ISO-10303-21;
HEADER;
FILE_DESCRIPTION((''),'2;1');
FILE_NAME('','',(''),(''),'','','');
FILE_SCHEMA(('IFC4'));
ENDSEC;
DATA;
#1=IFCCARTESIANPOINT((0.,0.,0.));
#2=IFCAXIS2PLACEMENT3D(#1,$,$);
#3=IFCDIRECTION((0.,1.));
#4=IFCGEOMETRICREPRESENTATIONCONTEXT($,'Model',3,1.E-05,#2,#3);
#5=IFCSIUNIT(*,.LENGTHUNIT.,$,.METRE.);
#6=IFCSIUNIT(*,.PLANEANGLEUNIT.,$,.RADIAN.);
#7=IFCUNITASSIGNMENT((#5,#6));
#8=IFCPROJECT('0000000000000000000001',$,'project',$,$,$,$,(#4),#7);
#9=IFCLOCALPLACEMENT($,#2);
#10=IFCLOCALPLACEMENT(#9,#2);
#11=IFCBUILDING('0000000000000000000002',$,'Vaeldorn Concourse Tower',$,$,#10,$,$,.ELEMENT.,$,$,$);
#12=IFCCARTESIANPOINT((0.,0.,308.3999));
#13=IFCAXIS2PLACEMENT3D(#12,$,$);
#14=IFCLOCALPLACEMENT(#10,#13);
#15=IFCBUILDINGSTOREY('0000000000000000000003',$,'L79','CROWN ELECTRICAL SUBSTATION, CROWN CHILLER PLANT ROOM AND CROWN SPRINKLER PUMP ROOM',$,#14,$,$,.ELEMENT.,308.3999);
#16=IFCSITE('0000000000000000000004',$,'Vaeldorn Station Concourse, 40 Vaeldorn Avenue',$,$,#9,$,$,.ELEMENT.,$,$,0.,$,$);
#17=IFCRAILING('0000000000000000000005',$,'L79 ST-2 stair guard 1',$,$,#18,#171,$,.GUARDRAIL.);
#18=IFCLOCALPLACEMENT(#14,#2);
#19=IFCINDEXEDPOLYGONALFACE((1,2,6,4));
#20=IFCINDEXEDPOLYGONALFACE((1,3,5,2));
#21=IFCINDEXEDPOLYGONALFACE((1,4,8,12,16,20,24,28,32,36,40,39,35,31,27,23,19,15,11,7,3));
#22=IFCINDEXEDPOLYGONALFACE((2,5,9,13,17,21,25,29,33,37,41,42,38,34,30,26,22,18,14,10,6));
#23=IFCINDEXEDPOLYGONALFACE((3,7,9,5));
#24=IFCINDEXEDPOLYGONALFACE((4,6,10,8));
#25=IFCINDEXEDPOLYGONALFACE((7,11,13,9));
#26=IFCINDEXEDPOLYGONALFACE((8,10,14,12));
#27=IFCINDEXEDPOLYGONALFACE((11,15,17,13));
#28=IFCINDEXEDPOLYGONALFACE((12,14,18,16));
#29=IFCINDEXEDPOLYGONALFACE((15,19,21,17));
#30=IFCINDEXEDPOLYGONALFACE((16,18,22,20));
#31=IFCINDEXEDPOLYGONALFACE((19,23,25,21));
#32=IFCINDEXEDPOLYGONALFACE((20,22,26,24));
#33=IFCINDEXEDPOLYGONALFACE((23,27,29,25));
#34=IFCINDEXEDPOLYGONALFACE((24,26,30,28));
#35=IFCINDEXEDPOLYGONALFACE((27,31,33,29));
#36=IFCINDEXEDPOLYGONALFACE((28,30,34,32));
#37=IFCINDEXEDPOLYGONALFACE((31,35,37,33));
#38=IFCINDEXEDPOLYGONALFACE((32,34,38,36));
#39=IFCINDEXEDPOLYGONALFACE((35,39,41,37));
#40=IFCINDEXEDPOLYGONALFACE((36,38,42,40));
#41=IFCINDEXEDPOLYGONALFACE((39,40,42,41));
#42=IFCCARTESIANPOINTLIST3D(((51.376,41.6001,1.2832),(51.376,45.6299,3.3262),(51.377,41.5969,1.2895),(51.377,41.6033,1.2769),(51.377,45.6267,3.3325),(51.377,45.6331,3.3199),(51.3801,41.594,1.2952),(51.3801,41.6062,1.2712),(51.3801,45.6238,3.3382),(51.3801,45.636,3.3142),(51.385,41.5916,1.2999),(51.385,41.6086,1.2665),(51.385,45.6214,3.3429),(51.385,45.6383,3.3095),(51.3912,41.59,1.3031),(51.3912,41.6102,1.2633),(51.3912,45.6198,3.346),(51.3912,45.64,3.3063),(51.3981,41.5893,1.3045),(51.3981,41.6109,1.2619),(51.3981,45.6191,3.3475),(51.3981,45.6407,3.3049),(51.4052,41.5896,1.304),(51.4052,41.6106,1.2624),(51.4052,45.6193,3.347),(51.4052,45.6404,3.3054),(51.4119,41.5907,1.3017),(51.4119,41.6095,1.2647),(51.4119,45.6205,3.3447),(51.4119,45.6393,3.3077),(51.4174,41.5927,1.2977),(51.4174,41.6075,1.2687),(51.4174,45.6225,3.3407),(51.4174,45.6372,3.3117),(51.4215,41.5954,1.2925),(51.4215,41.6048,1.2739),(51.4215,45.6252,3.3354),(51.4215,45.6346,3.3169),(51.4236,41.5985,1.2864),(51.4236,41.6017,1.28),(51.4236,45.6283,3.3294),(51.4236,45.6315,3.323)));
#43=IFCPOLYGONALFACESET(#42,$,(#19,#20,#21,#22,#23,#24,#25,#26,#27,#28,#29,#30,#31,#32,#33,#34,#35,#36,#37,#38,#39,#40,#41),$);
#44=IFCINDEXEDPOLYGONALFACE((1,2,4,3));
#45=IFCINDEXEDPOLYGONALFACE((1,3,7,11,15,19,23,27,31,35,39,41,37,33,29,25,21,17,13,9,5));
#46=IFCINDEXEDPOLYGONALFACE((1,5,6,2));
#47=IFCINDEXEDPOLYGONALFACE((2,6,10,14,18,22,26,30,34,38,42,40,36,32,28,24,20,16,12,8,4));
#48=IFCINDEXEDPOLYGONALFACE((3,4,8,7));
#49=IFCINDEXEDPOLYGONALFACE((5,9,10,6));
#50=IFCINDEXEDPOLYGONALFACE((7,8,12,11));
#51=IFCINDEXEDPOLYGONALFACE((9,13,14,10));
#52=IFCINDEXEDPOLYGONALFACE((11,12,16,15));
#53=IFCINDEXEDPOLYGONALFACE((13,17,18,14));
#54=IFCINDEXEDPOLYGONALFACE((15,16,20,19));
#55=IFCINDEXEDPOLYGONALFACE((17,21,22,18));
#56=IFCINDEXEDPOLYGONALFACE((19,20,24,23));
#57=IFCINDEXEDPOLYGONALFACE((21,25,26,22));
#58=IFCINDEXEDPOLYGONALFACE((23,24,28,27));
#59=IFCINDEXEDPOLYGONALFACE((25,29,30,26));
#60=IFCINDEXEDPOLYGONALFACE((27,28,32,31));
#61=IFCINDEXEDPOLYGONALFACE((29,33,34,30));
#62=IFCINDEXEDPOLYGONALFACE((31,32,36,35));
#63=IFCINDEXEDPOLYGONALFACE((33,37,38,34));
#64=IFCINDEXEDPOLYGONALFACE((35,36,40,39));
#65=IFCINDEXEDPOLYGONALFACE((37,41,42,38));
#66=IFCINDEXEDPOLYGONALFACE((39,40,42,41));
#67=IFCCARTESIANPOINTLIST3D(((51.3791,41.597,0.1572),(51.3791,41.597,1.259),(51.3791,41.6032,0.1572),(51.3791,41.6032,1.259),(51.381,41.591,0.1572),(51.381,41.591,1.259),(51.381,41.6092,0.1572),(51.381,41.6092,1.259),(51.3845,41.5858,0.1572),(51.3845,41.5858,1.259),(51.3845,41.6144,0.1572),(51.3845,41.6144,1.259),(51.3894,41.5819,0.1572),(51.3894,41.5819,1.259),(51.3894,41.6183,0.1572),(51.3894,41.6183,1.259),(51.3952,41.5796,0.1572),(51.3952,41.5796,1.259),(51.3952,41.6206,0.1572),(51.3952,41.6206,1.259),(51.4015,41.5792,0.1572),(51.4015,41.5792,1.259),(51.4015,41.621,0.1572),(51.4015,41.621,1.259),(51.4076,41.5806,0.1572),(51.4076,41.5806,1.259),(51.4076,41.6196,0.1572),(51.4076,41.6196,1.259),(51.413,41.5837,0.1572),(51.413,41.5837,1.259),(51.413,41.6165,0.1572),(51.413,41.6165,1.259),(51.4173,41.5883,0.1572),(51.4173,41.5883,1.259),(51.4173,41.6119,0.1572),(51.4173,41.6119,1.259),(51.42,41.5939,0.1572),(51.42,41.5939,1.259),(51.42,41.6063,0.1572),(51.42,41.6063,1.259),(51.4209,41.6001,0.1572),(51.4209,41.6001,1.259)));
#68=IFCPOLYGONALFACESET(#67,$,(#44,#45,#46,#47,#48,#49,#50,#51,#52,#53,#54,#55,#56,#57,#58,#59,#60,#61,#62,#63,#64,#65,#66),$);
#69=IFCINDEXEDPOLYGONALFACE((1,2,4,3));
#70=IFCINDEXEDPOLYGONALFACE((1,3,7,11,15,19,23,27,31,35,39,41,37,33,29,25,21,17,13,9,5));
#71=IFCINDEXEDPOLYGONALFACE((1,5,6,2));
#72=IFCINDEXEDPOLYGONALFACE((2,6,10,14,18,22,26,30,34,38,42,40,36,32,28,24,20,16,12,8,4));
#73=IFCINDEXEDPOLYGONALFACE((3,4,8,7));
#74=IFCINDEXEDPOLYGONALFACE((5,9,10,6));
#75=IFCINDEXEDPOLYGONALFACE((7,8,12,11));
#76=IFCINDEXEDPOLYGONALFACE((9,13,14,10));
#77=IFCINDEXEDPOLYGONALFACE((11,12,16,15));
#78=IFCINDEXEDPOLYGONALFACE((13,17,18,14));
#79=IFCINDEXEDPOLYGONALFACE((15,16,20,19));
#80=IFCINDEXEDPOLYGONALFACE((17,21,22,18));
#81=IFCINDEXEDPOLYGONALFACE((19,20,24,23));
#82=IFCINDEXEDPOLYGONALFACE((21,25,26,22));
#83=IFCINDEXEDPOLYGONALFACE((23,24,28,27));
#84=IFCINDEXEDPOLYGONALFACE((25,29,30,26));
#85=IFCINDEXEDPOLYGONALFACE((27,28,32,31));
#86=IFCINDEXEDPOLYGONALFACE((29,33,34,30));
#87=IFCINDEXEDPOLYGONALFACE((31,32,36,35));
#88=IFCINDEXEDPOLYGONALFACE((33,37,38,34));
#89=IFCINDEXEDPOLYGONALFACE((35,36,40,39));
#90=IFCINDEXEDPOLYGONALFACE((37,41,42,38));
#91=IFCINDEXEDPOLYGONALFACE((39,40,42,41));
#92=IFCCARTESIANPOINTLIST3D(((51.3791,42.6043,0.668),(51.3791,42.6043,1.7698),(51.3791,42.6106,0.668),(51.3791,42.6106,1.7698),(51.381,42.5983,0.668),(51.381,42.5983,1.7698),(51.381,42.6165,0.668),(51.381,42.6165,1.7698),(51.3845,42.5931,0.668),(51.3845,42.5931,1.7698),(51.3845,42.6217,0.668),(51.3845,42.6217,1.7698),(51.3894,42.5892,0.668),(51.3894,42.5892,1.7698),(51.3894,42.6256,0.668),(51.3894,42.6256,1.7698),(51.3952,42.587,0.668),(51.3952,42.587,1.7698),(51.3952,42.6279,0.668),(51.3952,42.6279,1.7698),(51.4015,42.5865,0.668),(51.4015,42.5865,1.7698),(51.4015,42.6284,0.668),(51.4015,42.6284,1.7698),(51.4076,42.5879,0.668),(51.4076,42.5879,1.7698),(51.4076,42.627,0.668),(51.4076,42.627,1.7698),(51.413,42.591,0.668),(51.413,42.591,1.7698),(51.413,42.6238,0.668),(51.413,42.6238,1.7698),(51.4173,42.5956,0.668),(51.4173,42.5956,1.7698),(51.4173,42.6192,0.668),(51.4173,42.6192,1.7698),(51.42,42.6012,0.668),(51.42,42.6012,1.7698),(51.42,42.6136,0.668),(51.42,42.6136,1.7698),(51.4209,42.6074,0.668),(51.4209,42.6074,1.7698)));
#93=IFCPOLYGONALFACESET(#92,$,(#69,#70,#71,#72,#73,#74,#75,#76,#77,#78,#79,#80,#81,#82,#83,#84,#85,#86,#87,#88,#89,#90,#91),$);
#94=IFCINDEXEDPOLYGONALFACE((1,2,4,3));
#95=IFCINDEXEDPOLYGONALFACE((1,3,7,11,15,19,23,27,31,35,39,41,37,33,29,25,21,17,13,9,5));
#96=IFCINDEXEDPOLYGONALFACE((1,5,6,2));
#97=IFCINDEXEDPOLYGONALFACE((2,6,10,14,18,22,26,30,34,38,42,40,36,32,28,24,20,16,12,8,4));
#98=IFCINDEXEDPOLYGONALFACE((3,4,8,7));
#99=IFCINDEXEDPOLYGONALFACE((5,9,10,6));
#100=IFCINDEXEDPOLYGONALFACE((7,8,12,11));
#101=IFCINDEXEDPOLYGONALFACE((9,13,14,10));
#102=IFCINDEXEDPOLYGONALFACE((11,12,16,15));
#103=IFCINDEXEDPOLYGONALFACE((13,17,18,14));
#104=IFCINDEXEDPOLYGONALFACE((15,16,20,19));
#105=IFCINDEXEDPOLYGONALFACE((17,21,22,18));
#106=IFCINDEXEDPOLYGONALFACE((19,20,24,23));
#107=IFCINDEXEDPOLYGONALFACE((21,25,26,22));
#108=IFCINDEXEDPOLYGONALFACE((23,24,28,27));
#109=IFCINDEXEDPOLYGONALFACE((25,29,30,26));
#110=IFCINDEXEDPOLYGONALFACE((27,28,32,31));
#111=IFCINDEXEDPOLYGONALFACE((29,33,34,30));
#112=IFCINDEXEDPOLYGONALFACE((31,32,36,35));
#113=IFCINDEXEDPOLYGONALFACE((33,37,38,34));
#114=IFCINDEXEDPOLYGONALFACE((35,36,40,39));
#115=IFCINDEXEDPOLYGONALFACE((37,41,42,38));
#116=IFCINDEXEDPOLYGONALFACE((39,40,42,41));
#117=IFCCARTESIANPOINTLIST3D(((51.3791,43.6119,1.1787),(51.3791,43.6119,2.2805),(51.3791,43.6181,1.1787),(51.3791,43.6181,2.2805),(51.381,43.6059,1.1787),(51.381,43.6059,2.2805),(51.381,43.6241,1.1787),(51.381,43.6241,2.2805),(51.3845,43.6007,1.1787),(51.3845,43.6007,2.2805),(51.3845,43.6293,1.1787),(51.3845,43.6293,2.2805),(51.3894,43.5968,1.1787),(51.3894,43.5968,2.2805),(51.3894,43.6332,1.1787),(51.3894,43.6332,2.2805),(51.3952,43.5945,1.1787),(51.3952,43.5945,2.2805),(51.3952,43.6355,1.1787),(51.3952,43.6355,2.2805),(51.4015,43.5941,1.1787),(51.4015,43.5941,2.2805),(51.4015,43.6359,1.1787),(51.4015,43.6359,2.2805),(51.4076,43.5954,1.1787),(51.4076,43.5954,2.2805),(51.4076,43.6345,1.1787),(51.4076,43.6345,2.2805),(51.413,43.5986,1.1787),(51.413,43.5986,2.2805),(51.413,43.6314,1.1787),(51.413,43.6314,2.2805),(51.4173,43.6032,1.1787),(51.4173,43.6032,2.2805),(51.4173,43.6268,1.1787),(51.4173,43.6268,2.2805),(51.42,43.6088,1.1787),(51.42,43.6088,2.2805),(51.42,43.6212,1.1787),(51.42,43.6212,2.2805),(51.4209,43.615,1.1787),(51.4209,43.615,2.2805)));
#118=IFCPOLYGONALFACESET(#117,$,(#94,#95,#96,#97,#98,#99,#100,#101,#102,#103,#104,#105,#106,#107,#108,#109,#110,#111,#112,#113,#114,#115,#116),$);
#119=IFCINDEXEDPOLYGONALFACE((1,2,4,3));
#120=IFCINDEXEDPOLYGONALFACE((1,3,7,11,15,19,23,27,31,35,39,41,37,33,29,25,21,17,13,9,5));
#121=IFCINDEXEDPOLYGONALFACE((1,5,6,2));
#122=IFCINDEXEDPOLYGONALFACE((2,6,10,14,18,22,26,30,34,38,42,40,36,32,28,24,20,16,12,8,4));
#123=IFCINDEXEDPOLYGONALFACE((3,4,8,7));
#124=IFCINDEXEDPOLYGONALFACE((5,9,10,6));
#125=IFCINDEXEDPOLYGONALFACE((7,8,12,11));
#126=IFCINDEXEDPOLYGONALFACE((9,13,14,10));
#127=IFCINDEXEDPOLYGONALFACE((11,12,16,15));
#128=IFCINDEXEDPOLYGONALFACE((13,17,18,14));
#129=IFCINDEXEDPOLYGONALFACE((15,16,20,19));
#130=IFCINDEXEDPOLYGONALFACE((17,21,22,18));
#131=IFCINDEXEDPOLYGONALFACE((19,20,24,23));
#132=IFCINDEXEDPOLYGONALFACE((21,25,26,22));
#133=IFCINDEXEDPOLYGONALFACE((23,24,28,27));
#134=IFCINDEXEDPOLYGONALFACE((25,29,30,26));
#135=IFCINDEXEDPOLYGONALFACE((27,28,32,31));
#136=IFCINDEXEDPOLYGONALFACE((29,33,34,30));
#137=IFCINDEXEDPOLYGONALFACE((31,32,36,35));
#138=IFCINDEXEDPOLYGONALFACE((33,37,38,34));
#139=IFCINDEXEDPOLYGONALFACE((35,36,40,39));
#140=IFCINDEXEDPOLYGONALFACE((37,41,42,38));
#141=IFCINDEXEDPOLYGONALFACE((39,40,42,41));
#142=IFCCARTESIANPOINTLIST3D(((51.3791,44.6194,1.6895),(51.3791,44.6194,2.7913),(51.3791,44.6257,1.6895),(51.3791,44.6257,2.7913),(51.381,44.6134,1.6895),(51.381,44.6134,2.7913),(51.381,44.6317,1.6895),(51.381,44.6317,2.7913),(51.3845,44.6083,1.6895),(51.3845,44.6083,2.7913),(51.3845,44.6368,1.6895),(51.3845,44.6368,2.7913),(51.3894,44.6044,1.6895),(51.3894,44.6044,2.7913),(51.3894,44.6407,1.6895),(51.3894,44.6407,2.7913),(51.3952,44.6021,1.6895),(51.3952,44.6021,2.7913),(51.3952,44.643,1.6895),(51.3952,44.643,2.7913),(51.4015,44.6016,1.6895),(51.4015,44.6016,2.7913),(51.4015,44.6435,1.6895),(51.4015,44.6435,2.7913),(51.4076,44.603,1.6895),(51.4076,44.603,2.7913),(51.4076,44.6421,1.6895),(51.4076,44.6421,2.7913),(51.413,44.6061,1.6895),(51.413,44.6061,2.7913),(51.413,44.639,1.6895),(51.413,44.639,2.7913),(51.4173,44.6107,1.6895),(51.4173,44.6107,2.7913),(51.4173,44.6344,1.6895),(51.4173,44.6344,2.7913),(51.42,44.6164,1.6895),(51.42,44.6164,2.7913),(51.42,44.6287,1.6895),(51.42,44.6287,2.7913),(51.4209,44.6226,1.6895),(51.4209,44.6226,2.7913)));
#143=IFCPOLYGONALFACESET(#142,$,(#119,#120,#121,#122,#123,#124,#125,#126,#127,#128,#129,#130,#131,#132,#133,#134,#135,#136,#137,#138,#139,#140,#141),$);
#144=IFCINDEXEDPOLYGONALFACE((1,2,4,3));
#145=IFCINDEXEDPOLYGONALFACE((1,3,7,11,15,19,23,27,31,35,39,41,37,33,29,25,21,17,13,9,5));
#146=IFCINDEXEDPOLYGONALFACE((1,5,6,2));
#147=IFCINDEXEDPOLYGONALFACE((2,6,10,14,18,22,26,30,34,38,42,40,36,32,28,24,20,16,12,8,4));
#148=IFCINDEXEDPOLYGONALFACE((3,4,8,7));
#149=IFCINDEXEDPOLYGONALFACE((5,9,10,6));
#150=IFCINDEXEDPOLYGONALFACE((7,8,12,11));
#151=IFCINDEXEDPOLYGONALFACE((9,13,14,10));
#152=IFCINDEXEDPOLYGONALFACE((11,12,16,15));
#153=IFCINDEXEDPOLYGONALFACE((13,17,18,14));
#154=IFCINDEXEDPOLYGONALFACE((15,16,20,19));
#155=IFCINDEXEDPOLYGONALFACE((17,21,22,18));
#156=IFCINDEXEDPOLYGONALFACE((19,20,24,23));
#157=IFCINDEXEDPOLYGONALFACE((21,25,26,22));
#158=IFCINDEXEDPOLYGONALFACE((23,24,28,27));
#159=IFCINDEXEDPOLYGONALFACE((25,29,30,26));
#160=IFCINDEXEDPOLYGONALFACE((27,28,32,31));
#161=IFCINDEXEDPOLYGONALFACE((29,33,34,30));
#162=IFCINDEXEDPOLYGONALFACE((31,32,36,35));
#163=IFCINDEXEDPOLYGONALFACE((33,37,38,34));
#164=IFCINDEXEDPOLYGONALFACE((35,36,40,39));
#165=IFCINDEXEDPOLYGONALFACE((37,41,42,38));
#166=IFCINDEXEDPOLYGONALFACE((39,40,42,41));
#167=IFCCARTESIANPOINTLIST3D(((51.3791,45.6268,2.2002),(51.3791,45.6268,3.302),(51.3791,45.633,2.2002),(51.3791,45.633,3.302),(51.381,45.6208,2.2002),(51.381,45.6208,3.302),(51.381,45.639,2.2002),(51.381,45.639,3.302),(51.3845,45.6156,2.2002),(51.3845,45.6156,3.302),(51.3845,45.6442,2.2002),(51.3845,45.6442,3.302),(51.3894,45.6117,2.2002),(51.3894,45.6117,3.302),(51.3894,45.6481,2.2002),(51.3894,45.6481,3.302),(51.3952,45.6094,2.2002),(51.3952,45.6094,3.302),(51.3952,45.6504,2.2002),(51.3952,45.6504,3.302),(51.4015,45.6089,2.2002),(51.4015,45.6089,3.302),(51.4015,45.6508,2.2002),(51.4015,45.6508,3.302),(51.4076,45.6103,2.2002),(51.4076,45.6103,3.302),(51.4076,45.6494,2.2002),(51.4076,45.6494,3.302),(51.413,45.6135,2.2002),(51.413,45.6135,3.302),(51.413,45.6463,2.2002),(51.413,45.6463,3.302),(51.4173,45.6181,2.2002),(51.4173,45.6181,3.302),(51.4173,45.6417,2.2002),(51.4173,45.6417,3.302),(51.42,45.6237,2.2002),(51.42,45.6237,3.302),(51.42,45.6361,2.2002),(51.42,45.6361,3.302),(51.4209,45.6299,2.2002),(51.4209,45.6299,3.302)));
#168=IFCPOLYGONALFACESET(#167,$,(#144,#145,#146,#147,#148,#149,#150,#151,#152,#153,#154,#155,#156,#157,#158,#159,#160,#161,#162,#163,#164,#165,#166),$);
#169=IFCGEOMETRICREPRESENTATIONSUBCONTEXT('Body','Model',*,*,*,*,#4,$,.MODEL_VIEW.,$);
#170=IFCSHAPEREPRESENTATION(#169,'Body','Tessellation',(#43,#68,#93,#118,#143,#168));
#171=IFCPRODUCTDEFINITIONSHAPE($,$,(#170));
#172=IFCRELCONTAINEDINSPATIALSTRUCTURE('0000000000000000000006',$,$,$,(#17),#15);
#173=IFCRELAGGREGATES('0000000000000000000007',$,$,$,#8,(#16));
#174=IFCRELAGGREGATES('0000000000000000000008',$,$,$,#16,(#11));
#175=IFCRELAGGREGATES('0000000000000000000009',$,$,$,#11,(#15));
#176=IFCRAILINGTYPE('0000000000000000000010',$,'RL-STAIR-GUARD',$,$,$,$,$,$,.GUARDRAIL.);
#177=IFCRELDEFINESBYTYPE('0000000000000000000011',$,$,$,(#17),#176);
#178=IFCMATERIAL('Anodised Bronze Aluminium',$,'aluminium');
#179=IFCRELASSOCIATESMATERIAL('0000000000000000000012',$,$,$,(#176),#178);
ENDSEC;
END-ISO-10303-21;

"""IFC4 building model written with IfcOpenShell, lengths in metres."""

from ifc_helpers import new_model, si_unit, direction, frame, origin, origin_2d, place, context, subcontext, project, spatial, circle, extrude, material, type_object, element, save


model = new_model("IFC4")

# Units and contexts
model_context = context("Model", 3, precision=1e-05, world=origin(), true_north=direction((0.0, 1.0)))
body_context = subcontext(model_context, "Body", "Model", "MODEL_VIEW")
ifc_project = project(units=[si_unit("LENGTHUNIT", "METRE"), si_unit("PLANEANGLEUNIT", "RADIAN")], contexts=[model_context])

# Site, building, storey
site_placement = place(None, origin())
site = spatial("IfcSite", under=ifc_project, at=site_placement, Name="Vaeldorn Station Concourse, 40 Vaeldorn Avenue", CompositionType="ELEMENT", RefElevation=0.0)
building_placement = place(site_placement, origin())
building = spatial("IfcBuilding", under=site, at=building_placement, Name="Vaeldorn Concourse Tower", CompositionType="ELEMENT")
storey_placement = place(building_placement, frame((0.0, 0.0, 308.3999)))
storey = spatial("IfcBuildingStorey", under=building, at=storey_placement, Name="L79", Description="CROWN ELECTRICAL SUBSTATION, CROWN CHILLER PLANT ROOM AND CROWN SPRINKLER PUMP ROOM", CompositionType="ELEMENT", Elevation=308.3999)

# Shared definitions
ifc_material_1 = material(Name="Anodised Bronze Aluminium", Category="aluminium")

# Railing
railing_type_1 = type_object("IfcRailingType", Name="RL-STAIR-GUARD", PredefinedType="GUARDRAIL", material=ifc_material_1)
railing_1_placement = place(storey_placement, frame((51.3999, 41.6001, 0.1572)))
element("IfcRailing", 1, at=railing_1_placement, inside=storey, type_object=railing_type_1, Name="L79 ST-2 stair guard 1", PredefinedType="GUARDRAIL", context=body_context, shape_type="SweptSolid", body=[
    extrude(circle(Radius=0.0239, at=origin_2d()), frame((0.0, 0.0, 1.126), z_axis=(0.0, 0.891928, 0.452178), x_axis=(-1.0, 0.0, 0.0)), (0.0, 0.0, 1.0), 4.5181),
    extrude(circle(Radius=0.021, at=origin_2d()), origin(), (0.0, 0.0, 1.0), 1.1018),
    extrude(circle(Radius=0.021, at=origin_2d()), frame((0.0, 1.0073, 0.5107)), (0.0, 0.0, 1.0), 1.1018),
    extrude(circle(Radius=0.021, at=origin_2d()), frame((0.0, 2.0149, 1.0215)), (0.0, 0.0, 1.0), 1.1018),
    extrude(circle(Radius=0.021, at=origin_2d()), frame((0.0, 3.0225, 1.5322)), (0.0, 0.0, 1.0), 1.1018),
    extrude(circle(Radius=0.021, at=origin_2d()), frame((0.0, 4.0298, 2.043)), (0.0, 0.0, 1.0), 1.1018),
])

save(model, "model.ifc")
